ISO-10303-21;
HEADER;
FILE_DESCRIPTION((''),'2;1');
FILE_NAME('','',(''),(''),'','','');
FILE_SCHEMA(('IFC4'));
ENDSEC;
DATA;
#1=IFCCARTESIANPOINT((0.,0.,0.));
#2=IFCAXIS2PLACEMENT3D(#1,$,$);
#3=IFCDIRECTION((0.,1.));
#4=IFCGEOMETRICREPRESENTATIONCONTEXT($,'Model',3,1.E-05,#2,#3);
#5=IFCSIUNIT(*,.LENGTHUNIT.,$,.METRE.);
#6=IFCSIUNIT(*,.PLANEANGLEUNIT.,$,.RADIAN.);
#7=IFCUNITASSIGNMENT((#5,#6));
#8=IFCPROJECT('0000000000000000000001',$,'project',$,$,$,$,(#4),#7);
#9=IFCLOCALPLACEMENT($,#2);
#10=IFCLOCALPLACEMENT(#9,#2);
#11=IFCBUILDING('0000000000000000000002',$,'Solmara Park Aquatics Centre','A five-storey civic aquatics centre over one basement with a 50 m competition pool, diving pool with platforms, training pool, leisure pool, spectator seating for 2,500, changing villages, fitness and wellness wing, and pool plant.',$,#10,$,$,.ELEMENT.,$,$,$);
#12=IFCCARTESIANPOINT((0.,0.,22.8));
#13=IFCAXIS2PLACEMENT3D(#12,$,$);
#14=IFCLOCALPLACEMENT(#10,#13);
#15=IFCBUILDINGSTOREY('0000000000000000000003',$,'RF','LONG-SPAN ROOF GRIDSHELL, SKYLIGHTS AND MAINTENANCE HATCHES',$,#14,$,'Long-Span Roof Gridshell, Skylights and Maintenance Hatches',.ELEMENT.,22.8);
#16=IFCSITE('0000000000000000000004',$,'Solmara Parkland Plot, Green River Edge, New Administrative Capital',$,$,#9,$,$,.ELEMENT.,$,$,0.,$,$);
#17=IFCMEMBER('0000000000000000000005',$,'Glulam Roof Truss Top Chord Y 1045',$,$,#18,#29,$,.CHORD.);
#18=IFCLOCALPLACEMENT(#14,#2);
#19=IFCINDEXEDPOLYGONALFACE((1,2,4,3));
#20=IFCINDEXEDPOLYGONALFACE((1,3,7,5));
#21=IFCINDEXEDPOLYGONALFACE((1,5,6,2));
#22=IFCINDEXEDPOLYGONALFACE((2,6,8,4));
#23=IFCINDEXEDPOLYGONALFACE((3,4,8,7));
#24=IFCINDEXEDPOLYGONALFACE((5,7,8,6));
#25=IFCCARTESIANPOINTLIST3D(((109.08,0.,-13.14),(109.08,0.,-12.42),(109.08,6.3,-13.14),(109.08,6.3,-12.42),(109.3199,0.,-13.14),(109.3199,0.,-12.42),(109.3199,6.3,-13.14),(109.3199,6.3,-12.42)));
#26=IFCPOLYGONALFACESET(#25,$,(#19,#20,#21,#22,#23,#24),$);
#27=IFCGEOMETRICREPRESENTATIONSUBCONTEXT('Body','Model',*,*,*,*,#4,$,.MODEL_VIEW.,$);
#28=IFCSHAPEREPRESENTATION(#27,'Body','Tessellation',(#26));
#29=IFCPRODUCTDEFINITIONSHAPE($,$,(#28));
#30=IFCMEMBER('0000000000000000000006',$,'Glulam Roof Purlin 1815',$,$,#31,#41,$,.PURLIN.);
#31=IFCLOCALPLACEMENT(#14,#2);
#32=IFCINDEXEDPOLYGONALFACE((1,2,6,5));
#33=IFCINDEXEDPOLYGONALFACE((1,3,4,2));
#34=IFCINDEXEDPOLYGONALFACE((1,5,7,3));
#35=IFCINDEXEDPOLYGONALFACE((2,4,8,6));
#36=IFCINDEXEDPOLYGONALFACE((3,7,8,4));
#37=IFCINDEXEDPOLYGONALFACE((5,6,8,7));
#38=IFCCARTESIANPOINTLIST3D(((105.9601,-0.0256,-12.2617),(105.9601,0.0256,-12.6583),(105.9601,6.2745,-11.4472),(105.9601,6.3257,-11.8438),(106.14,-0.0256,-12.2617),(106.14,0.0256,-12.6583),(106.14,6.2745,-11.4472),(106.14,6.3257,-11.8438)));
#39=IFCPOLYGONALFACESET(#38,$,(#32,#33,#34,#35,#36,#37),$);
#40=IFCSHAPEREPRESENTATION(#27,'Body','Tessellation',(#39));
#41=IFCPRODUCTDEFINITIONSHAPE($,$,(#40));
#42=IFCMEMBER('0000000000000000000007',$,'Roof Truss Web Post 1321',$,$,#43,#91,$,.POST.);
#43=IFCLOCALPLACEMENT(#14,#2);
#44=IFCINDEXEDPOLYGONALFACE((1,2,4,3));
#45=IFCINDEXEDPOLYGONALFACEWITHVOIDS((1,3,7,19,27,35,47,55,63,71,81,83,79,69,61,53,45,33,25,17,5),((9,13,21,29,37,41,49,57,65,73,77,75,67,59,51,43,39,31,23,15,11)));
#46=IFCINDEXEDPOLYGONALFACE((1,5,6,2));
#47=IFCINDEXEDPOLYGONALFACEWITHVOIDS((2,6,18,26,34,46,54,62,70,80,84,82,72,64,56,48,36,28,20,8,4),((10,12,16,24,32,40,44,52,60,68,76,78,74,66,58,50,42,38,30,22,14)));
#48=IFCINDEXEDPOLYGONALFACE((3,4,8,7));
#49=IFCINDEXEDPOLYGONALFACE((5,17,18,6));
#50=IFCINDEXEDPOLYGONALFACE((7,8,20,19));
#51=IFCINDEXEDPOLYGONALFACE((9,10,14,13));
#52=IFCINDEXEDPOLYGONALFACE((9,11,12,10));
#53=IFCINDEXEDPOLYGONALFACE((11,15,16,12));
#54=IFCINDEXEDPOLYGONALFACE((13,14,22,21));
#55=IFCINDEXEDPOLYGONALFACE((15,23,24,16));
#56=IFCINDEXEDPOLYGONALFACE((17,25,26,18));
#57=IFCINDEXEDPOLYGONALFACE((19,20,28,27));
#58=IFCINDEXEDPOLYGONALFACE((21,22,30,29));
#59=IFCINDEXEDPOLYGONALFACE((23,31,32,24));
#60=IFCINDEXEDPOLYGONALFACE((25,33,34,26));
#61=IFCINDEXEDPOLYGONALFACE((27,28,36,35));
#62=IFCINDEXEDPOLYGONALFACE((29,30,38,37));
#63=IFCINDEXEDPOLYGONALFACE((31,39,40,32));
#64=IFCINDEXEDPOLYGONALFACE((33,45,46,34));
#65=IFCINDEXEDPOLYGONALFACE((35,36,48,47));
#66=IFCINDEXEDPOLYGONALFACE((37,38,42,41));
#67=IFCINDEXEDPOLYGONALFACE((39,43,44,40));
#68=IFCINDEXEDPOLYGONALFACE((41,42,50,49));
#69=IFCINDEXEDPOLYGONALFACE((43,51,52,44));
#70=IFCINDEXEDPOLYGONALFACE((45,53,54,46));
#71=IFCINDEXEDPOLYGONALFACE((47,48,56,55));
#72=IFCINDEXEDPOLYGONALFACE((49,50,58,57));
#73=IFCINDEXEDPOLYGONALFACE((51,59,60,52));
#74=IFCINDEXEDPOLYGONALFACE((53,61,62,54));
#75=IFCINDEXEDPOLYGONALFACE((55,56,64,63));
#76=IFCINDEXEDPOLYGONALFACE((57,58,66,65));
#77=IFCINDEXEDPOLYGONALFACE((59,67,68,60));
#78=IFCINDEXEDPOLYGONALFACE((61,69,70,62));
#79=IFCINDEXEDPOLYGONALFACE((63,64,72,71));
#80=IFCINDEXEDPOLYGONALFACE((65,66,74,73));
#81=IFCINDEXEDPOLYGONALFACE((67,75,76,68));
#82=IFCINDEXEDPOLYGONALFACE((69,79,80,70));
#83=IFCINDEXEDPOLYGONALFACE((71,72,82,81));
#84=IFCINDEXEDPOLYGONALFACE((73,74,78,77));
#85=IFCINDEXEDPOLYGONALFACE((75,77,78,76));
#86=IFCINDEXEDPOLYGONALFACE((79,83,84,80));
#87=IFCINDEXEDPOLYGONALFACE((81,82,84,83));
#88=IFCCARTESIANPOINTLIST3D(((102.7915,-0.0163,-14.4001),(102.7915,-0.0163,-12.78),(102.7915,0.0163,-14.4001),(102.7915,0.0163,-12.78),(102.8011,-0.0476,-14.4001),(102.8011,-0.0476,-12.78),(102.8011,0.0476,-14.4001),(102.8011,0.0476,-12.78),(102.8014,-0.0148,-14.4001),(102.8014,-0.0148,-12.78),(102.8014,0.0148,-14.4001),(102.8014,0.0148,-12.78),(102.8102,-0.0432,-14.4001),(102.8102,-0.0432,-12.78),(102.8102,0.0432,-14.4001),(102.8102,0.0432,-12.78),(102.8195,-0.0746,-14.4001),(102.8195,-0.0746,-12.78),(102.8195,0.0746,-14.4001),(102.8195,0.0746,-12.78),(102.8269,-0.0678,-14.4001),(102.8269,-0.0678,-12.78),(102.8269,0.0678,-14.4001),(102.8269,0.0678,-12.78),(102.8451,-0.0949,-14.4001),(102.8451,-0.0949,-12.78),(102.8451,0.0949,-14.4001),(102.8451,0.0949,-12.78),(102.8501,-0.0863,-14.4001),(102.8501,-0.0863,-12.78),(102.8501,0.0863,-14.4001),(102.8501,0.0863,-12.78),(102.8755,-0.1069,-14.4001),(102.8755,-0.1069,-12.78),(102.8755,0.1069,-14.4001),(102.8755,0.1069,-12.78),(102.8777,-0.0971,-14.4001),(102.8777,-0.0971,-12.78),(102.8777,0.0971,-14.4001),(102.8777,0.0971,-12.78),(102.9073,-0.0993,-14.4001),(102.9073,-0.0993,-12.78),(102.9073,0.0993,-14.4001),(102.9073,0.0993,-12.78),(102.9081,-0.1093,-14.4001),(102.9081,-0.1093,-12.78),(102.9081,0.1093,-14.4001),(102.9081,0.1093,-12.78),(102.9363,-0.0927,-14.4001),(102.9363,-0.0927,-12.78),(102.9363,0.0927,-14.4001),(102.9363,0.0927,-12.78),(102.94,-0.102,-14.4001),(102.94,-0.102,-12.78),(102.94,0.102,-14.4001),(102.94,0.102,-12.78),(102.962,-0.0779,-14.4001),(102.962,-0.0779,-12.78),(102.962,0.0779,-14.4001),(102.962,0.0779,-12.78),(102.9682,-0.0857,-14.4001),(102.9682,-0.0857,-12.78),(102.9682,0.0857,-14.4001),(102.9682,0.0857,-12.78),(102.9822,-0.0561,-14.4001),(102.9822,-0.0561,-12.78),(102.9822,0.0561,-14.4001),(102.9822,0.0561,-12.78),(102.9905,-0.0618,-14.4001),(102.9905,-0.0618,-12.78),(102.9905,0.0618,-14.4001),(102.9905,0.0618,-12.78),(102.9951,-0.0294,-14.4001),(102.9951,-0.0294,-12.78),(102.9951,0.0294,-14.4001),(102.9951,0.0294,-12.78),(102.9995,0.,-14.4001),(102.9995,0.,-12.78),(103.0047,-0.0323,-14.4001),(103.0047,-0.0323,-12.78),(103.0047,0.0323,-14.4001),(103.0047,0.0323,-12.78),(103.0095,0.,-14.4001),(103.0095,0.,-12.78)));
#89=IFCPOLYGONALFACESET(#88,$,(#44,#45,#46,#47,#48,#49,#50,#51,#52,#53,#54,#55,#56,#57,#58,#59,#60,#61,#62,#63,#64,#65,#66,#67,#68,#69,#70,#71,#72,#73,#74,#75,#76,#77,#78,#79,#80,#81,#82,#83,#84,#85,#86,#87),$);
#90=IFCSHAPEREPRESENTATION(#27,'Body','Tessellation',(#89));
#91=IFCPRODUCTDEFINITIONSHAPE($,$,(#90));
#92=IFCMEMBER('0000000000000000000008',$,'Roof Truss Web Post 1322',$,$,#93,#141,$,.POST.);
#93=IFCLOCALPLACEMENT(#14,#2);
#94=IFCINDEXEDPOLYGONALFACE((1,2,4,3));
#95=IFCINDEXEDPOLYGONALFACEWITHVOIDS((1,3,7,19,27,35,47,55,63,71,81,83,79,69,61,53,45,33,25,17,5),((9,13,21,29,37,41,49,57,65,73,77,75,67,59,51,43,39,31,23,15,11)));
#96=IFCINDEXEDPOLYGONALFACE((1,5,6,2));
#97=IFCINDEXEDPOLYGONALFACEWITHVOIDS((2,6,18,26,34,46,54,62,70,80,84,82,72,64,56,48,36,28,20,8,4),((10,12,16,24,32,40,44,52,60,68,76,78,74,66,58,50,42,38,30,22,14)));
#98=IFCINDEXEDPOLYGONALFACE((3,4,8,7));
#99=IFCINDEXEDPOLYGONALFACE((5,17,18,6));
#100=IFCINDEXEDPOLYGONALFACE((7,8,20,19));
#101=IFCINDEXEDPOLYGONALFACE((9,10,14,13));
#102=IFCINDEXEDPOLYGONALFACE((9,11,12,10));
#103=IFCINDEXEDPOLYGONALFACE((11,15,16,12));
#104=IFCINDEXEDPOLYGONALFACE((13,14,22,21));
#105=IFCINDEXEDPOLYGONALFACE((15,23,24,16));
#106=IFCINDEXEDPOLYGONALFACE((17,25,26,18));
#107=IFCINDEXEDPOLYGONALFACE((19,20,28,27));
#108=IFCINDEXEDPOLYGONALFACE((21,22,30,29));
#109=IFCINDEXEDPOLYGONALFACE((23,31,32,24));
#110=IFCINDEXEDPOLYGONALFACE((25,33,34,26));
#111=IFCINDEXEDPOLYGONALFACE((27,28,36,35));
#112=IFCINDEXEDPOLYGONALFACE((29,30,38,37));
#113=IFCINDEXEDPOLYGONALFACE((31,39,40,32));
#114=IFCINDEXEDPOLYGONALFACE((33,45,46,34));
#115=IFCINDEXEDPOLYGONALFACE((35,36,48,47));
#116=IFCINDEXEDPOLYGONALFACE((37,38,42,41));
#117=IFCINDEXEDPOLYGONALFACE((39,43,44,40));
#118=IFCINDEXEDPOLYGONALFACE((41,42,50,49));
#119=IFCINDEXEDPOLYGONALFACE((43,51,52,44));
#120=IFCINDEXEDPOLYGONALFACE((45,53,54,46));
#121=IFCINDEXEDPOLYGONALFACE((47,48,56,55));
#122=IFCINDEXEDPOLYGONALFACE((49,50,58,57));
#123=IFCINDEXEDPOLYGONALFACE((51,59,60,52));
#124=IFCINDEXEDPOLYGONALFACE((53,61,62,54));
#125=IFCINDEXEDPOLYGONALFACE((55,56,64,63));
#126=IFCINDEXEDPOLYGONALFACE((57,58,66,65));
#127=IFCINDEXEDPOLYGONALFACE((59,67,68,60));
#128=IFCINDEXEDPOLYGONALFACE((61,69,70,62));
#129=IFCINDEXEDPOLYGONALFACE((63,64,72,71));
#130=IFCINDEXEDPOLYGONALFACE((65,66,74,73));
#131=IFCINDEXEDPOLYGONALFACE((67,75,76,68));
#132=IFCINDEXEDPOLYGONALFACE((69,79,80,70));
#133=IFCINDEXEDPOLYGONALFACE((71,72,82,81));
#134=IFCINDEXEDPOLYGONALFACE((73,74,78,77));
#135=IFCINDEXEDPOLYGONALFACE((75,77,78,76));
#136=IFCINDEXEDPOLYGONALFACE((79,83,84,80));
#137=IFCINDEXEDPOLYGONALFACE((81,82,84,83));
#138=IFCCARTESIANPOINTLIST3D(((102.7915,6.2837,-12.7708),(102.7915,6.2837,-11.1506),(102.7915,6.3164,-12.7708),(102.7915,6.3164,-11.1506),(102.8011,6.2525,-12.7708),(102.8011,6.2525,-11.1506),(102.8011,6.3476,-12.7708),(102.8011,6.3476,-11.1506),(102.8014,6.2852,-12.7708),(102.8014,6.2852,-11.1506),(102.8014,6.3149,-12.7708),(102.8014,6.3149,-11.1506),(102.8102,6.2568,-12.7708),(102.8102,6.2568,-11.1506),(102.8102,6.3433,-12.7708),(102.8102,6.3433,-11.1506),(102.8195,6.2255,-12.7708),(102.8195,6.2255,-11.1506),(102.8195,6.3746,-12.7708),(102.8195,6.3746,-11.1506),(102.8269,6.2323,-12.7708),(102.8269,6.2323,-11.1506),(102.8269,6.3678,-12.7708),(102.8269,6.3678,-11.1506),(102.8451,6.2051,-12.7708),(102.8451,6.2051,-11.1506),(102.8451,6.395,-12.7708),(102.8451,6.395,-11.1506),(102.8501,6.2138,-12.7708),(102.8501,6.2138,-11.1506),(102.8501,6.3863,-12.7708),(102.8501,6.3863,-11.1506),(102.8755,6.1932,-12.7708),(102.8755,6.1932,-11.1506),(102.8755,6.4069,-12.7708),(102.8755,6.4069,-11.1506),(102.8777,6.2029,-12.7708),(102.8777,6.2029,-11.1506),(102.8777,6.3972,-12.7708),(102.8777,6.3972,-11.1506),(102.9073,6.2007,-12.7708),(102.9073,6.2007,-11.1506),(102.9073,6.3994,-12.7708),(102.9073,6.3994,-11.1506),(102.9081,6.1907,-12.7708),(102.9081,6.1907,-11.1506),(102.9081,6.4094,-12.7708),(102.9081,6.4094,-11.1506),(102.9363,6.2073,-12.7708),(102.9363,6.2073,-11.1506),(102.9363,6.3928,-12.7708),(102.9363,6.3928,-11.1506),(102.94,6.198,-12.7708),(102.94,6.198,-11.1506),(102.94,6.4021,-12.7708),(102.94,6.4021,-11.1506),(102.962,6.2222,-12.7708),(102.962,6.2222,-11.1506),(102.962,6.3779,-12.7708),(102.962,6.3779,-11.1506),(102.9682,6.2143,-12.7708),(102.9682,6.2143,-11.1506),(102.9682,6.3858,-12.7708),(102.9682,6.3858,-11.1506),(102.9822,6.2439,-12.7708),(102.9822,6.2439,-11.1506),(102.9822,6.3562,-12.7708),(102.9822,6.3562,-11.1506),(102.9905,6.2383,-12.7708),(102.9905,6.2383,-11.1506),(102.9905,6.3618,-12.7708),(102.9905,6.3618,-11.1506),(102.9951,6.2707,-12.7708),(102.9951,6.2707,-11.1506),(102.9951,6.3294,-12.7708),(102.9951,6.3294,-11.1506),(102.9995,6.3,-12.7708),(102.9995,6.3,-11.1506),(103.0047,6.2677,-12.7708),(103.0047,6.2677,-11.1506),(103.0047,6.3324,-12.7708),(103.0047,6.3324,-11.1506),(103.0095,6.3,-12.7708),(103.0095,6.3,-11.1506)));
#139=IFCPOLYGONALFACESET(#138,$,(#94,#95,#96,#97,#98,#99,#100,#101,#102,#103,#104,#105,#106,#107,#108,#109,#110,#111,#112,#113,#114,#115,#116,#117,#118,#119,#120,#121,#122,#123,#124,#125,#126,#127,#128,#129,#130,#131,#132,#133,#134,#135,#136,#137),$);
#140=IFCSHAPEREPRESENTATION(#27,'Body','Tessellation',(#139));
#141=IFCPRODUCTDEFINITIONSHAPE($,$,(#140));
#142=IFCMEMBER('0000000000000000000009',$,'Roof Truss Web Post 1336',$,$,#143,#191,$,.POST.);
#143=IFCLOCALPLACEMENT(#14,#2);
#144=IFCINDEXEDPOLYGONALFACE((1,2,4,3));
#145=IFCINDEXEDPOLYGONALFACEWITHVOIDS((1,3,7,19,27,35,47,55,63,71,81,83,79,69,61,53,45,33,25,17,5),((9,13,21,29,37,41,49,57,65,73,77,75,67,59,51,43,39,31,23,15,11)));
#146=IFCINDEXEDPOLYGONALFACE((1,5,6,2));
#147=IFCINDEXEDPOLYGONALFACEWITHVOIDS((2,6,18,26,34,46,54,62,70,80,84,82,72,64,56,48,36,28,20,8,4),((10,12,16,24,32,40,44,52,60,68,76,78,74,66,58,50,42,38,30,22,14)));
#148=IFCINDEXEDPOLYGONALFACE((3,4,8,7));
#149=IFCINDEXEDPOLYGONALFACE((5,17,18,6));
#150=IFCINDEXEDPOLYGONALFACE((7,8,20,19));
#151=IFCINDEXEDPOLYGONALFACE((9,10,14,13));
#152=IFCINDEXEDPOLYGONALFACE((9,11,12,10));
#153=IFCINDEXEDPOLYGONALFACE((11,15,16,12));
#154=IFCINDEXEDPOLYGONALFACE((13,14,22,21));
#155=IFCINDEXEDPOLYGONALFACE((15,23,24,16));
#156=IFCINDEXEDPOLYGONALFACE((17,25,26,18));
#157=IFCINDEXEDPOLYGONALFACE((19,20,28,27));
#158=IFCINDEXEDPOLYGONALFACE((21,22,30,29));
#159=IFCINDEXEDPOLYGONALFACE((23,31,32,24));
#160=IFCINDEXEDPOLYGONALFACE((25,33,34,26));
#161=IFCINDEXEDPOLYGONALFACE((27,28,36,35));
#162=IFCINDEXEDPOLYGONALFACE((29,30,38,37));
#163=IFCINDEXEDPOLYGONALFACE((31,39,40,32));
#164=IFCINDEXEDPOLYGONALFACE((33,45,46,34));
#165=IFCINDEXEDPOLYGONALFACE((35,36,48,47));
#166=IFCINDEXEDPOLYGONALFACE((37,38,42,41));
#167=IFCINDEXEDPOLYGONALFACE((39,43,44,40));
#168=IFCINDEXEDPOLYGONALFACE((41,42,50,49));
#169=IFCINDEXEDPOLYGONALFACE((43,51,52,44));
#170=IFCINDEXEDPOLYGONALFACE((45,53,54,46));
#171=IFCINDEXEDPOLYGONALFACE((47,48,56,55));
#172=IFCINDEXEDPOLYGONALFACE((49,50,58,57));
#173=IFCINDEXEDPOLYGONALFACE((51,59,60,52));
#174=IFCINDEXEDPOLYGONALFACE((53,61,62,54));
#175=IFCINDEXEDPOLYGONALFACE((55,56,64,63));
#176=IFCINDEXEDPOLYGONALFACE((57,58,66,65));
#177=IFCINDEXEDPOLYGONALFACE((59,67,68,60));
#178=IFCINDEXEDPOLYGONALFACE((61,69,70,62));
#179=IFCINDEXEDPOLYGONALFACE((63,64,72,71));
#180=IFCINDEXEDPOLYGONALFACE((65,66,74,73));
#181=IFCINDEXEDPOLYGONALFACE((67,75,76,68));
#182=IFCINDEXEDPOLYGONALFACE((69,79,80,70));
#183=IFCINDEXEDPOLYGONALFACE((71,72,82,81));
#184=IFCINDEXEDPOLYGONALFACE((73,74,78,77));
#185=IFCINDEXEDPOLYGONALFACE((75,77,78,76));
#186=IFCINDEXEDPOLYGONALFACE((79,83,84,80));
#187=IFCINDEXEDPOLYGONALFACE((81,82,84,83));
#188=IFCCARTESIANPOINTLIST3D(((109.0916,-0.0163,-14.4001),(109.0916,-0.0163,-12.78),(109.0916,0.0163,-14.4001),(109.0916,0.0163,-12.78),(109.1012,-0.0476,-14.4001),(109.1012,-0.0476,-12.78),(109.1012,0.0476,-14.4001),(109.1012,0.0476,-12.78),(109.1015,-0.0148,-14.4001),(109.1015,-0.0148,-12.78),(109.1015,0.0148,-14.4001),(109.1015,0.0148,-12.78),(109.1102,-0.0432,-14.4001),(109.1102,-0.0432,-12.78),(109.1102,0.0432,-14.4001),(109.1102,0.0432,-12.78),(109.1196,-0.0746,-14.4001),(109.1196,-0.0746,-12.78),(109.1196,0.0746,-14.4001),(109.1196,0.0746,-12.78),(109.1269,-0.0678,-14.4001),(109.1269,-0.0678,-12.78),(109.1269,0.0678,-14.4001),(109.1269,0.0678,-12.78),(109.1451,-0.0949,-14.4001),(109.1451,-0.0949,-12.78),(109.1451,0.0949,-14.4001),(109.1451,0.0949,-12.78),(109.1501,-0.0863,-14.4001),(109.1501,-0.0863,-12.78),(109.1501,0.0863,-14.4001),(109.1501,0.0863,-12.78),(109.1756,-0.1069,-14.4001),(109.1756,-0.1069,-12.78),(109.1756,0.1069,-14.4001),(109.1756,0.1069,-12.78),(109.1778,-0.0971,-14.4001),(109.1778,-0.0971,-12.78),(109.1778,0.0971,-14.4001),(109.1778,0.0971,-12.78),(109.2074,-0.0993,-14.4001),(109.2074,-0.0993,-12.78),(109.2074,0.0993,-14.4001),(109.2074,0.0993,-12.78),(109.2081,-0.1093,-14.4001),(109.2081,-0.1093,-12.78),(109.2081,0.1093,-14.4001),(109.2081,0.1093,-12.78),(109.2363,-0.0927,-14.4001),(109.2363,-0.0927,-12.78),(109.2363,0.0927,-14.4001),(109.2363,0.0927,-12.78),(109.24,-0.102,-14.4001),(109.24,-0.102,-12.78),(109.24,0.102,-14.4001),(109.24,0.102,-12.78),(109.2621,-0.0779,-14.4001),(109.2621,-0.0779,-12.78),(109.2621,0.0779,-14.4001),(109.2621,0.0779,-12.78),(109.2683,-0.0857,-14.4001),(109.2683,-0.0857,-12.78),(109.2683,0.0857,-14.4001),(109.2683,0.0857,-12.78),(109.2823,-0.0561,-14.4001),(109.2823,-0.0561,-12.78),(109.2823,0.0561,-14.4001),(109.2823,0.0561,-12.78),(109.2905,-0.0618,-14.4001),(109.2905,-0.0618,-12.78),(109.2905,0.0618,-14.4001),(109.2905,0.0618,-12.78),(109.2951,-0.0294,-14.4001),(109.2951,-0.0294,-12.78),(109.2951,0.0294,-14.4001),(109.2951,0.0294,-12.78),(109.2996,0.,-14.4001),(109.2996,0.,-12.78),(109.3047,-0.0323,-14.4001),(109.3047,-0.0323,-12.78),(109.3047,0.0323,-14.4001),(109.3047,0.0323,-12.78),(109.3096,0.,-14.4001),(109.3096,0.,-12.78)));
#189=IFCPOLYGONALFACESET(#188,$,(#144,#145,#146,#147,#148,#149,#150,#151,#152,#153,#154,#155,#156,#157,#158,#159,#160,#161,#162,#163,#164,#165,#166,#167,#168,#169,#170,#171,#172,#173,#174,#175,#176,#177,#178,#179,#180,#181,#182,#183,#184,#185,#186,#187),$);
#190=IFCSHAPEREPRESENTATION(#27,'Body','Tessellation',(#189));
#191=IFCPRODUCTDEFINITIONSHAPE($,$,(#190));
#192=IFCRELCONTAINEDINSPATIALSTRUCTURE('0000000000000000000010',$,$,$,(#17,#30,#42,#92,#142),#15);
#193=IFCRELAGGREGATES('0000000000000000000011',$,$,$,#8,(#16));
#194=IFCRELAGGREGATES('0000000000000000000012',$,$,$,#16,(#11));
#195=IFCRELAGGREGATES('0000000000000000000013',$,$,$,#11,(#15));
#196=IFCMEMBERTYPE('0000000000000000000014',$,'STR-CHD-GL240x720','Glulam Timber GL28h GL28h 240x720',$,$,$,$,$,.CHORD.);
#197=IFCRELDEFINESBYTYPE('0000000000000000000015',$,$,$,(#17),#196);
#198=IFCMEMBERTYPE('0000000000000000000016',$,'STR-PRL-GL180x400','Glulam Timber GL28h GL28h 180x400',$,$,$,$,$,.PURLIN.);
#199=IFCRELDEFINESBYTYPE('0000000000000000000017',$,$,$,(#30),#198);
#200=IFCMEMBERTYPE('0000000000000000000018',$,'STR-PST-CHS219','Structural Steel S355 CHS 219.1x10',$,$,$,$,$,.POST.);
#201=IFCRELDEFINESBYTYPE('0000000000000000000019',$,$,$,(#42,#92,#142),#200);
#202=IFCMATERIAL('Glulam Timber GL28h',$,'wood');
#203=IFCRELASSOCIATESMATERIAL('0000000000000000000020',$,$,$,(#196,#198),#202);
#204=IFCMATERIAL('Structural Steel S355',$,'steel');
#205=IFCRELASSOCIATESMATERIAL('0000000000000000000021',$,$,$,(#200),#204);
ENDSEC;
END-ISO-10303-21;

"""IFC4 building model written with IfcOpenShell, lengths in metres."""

from ifc_helpers import new_model, si_unit, direction, frame, origin, origin_2d, place, context, subcontext, project, spatial, rectangle, hollow_circle, extrude, material, material_profile, profile_set, type_object, element, save


model = new_model("IFC4")

# Units and contexts
model_context = context("Model", 3, precision=1e-05, world=origin(), true_north=direction((0.0, 1.0)))
body_context = subcontext(model_context, "Body", "Model", "MODEL_VIEW")
ifc_project = project(units=[si_unit("LENGTHUNIT", "METRE"), si_unit("PLANEANGLEUNIT", "RADIAN")], contexts=[model_context])

# Site, building, storey
site_placement = place(None, origin())
site = spatial("IfcSite", under=ifc_project, at=site_placement, Name="Solmara Parkland Plot, Green River Edge, New Administrative Capital", CompositionType="ELEMENT", RefElevation=0.0)
building_placement = place(site_placement, origin())
building = spatial("IfcBuilding", under=site, at=building_placement, Name="Solmara Park Aquatics Centre", Description="A five-storey civic aquatics centre over one basement with a 50 m competition pool, diving pool with platforms, training pool, leisure pool, spectator seating for 2,500, changing villages, fitness and wellness wing, and pool plant.", CompositionType="ELEMENT")
storey_placement = place(building_placement, frame((0.0, 0.0, 22.8)))
storey = spatial("IfcBuildingStorey", under=building, at=storey_placement, Name="RF", Description="LONG-SPAN ROOF GRIDSHELL, SKYLIGHTS AND MAINTENANCE HATCHES", LongName="Long-Span Roof Gridshell, Skylights and Maintenance Hatches", CompositionType="ELEMENT", Elevation=22.8)

# Members
ifc_material_1 = material(Name="Structural Steel S355", Category="steel")
ifc_material_2 = material(Name="Glulam Timber GL28h", Category="wood")
ifc_material_profile_1 = material_profile(ifc_material_2, rectangle(XDim=0.24, YDim=0.72, at=origin_2d()), Name="GL28h 240x720")
ifc_profile_set_1 = profile_set([ifc_material_profile_1], Name="Glulam Timber GL28h")
member_type_1 = type_object("IfcMemberType", Name="STR-CHD-GL240x720", Description="Glulam Timber GL28h GL28h 240x720", PredefinedType="CHORD", material=ifc_profile_set_1)
for number, where, z_axis, x_axis, name in (
    (1, (109.2, 0.0, -12.78), (0.0, 1.0, 0.0), (-1.0, 0.0, 0.0), "Glulam Roof Truss Top Chord Y 1045"),
):
    element("IfcMember", number, at=place(storey_placement, frame(where, z_axis=z_axis, x_axis=x_axis)), inside=storey, type_object=member_type_1, Name=name, PredefinedType="CHORD", context=body_context, shape_type="SweptSolid", body=[
        extrude(rectangle(XDim=0.24, YDim=0.72, at=origin_2d()), origin(), (0.0, 0.0, 1.0), 6.3),
    ])
ifc_material_profile_2 = material_profile(ifc_material_2, rectangle(XDim=0.1799, YDim=0.3999, at=origin_2d()), Name="GL28h 180x400")
ifc_profile_set_2 = profile_set([ifc_material_profile_2], Name="Glulam Timber GL28h")
member_type_2 = type_object("IfcMemberType", Name="STR-PRL-GL180x400", Description="Glulam Timber GL28h GL28h 180x400", PredefinedType="PURLIN", material=ifc_profile_set_2)
member_1_placement = place(storey_placement, frame((106.05, 0.0, -12.46), z_axis=(0.0, 0.991747, 0.12821), x_axis=(-1.0, 0.0, 0.0)))
element("IfcMember", 2, at=member_1_placement, inside=storey, type_object=member_type_2, Name="Glulam Roof Purlin 1815", PredefinedType="PURLIN", context=body_context, shape_type="SweptSolid", body=[
    extrude(rectangle(XDim=0.1799, YDim=0.3999, at=origin_2d()), origin(), (0.0, 0.0, 1.0), 6.3525),
])
ifc_material_profile_3 = material_profile(ifc_material_1, hollow_circle(Radius=0.1096, WallThickness=0.01, at=origin_2d()), Name="CHS 219.1x10")
ifc_profile_set_3 = profile_set([ifc_material_profile_3], Name="Structural Steel S355")
member_type_3 = type_object("IfcMemberType", Name="STR-PST-CHS219", Description="Structural Steel S355 CHS 219.1x10", PredefinedType="POST", material=ifc_profile_set_3)
for number, where, z_axis, x_axis, name in (
    (3, (102.8999, 0.0, -14.4001), (0.0, 0.0, 1.0), (1.0, 0.0, 0.0), "Roof Truss Web Post 1321"),
    (4, (102.8999, 6.3, -12.7708), (0.0, 0.0, 1.0), (1.0, 0.0, 0.0), "Roof Truss Web Post 1322"),
    (5, (109.2, 0.0, -14.4001), (0.0, 0.0, 1.0), (1.0, 0.0, 0.0), "Roof Truss Web Post 1336"),
):
    element("IfcMember", number, at=place(storey_placement, frame(where, z_axis=z_axis, x_axis=x_axis)), inside=storey, type_object=member_type_3, Name=name, PredefinedType="POST", context=body_context, shape_type="SweptSolid", body=[
        extrude(hollow_circle(Radius=0.1096, WallThickness=0.01, at=origin_2d()), origin(), (0.0, 0.0, 1.0), 1.6201),
    ])

save(model, "model.ifc")
